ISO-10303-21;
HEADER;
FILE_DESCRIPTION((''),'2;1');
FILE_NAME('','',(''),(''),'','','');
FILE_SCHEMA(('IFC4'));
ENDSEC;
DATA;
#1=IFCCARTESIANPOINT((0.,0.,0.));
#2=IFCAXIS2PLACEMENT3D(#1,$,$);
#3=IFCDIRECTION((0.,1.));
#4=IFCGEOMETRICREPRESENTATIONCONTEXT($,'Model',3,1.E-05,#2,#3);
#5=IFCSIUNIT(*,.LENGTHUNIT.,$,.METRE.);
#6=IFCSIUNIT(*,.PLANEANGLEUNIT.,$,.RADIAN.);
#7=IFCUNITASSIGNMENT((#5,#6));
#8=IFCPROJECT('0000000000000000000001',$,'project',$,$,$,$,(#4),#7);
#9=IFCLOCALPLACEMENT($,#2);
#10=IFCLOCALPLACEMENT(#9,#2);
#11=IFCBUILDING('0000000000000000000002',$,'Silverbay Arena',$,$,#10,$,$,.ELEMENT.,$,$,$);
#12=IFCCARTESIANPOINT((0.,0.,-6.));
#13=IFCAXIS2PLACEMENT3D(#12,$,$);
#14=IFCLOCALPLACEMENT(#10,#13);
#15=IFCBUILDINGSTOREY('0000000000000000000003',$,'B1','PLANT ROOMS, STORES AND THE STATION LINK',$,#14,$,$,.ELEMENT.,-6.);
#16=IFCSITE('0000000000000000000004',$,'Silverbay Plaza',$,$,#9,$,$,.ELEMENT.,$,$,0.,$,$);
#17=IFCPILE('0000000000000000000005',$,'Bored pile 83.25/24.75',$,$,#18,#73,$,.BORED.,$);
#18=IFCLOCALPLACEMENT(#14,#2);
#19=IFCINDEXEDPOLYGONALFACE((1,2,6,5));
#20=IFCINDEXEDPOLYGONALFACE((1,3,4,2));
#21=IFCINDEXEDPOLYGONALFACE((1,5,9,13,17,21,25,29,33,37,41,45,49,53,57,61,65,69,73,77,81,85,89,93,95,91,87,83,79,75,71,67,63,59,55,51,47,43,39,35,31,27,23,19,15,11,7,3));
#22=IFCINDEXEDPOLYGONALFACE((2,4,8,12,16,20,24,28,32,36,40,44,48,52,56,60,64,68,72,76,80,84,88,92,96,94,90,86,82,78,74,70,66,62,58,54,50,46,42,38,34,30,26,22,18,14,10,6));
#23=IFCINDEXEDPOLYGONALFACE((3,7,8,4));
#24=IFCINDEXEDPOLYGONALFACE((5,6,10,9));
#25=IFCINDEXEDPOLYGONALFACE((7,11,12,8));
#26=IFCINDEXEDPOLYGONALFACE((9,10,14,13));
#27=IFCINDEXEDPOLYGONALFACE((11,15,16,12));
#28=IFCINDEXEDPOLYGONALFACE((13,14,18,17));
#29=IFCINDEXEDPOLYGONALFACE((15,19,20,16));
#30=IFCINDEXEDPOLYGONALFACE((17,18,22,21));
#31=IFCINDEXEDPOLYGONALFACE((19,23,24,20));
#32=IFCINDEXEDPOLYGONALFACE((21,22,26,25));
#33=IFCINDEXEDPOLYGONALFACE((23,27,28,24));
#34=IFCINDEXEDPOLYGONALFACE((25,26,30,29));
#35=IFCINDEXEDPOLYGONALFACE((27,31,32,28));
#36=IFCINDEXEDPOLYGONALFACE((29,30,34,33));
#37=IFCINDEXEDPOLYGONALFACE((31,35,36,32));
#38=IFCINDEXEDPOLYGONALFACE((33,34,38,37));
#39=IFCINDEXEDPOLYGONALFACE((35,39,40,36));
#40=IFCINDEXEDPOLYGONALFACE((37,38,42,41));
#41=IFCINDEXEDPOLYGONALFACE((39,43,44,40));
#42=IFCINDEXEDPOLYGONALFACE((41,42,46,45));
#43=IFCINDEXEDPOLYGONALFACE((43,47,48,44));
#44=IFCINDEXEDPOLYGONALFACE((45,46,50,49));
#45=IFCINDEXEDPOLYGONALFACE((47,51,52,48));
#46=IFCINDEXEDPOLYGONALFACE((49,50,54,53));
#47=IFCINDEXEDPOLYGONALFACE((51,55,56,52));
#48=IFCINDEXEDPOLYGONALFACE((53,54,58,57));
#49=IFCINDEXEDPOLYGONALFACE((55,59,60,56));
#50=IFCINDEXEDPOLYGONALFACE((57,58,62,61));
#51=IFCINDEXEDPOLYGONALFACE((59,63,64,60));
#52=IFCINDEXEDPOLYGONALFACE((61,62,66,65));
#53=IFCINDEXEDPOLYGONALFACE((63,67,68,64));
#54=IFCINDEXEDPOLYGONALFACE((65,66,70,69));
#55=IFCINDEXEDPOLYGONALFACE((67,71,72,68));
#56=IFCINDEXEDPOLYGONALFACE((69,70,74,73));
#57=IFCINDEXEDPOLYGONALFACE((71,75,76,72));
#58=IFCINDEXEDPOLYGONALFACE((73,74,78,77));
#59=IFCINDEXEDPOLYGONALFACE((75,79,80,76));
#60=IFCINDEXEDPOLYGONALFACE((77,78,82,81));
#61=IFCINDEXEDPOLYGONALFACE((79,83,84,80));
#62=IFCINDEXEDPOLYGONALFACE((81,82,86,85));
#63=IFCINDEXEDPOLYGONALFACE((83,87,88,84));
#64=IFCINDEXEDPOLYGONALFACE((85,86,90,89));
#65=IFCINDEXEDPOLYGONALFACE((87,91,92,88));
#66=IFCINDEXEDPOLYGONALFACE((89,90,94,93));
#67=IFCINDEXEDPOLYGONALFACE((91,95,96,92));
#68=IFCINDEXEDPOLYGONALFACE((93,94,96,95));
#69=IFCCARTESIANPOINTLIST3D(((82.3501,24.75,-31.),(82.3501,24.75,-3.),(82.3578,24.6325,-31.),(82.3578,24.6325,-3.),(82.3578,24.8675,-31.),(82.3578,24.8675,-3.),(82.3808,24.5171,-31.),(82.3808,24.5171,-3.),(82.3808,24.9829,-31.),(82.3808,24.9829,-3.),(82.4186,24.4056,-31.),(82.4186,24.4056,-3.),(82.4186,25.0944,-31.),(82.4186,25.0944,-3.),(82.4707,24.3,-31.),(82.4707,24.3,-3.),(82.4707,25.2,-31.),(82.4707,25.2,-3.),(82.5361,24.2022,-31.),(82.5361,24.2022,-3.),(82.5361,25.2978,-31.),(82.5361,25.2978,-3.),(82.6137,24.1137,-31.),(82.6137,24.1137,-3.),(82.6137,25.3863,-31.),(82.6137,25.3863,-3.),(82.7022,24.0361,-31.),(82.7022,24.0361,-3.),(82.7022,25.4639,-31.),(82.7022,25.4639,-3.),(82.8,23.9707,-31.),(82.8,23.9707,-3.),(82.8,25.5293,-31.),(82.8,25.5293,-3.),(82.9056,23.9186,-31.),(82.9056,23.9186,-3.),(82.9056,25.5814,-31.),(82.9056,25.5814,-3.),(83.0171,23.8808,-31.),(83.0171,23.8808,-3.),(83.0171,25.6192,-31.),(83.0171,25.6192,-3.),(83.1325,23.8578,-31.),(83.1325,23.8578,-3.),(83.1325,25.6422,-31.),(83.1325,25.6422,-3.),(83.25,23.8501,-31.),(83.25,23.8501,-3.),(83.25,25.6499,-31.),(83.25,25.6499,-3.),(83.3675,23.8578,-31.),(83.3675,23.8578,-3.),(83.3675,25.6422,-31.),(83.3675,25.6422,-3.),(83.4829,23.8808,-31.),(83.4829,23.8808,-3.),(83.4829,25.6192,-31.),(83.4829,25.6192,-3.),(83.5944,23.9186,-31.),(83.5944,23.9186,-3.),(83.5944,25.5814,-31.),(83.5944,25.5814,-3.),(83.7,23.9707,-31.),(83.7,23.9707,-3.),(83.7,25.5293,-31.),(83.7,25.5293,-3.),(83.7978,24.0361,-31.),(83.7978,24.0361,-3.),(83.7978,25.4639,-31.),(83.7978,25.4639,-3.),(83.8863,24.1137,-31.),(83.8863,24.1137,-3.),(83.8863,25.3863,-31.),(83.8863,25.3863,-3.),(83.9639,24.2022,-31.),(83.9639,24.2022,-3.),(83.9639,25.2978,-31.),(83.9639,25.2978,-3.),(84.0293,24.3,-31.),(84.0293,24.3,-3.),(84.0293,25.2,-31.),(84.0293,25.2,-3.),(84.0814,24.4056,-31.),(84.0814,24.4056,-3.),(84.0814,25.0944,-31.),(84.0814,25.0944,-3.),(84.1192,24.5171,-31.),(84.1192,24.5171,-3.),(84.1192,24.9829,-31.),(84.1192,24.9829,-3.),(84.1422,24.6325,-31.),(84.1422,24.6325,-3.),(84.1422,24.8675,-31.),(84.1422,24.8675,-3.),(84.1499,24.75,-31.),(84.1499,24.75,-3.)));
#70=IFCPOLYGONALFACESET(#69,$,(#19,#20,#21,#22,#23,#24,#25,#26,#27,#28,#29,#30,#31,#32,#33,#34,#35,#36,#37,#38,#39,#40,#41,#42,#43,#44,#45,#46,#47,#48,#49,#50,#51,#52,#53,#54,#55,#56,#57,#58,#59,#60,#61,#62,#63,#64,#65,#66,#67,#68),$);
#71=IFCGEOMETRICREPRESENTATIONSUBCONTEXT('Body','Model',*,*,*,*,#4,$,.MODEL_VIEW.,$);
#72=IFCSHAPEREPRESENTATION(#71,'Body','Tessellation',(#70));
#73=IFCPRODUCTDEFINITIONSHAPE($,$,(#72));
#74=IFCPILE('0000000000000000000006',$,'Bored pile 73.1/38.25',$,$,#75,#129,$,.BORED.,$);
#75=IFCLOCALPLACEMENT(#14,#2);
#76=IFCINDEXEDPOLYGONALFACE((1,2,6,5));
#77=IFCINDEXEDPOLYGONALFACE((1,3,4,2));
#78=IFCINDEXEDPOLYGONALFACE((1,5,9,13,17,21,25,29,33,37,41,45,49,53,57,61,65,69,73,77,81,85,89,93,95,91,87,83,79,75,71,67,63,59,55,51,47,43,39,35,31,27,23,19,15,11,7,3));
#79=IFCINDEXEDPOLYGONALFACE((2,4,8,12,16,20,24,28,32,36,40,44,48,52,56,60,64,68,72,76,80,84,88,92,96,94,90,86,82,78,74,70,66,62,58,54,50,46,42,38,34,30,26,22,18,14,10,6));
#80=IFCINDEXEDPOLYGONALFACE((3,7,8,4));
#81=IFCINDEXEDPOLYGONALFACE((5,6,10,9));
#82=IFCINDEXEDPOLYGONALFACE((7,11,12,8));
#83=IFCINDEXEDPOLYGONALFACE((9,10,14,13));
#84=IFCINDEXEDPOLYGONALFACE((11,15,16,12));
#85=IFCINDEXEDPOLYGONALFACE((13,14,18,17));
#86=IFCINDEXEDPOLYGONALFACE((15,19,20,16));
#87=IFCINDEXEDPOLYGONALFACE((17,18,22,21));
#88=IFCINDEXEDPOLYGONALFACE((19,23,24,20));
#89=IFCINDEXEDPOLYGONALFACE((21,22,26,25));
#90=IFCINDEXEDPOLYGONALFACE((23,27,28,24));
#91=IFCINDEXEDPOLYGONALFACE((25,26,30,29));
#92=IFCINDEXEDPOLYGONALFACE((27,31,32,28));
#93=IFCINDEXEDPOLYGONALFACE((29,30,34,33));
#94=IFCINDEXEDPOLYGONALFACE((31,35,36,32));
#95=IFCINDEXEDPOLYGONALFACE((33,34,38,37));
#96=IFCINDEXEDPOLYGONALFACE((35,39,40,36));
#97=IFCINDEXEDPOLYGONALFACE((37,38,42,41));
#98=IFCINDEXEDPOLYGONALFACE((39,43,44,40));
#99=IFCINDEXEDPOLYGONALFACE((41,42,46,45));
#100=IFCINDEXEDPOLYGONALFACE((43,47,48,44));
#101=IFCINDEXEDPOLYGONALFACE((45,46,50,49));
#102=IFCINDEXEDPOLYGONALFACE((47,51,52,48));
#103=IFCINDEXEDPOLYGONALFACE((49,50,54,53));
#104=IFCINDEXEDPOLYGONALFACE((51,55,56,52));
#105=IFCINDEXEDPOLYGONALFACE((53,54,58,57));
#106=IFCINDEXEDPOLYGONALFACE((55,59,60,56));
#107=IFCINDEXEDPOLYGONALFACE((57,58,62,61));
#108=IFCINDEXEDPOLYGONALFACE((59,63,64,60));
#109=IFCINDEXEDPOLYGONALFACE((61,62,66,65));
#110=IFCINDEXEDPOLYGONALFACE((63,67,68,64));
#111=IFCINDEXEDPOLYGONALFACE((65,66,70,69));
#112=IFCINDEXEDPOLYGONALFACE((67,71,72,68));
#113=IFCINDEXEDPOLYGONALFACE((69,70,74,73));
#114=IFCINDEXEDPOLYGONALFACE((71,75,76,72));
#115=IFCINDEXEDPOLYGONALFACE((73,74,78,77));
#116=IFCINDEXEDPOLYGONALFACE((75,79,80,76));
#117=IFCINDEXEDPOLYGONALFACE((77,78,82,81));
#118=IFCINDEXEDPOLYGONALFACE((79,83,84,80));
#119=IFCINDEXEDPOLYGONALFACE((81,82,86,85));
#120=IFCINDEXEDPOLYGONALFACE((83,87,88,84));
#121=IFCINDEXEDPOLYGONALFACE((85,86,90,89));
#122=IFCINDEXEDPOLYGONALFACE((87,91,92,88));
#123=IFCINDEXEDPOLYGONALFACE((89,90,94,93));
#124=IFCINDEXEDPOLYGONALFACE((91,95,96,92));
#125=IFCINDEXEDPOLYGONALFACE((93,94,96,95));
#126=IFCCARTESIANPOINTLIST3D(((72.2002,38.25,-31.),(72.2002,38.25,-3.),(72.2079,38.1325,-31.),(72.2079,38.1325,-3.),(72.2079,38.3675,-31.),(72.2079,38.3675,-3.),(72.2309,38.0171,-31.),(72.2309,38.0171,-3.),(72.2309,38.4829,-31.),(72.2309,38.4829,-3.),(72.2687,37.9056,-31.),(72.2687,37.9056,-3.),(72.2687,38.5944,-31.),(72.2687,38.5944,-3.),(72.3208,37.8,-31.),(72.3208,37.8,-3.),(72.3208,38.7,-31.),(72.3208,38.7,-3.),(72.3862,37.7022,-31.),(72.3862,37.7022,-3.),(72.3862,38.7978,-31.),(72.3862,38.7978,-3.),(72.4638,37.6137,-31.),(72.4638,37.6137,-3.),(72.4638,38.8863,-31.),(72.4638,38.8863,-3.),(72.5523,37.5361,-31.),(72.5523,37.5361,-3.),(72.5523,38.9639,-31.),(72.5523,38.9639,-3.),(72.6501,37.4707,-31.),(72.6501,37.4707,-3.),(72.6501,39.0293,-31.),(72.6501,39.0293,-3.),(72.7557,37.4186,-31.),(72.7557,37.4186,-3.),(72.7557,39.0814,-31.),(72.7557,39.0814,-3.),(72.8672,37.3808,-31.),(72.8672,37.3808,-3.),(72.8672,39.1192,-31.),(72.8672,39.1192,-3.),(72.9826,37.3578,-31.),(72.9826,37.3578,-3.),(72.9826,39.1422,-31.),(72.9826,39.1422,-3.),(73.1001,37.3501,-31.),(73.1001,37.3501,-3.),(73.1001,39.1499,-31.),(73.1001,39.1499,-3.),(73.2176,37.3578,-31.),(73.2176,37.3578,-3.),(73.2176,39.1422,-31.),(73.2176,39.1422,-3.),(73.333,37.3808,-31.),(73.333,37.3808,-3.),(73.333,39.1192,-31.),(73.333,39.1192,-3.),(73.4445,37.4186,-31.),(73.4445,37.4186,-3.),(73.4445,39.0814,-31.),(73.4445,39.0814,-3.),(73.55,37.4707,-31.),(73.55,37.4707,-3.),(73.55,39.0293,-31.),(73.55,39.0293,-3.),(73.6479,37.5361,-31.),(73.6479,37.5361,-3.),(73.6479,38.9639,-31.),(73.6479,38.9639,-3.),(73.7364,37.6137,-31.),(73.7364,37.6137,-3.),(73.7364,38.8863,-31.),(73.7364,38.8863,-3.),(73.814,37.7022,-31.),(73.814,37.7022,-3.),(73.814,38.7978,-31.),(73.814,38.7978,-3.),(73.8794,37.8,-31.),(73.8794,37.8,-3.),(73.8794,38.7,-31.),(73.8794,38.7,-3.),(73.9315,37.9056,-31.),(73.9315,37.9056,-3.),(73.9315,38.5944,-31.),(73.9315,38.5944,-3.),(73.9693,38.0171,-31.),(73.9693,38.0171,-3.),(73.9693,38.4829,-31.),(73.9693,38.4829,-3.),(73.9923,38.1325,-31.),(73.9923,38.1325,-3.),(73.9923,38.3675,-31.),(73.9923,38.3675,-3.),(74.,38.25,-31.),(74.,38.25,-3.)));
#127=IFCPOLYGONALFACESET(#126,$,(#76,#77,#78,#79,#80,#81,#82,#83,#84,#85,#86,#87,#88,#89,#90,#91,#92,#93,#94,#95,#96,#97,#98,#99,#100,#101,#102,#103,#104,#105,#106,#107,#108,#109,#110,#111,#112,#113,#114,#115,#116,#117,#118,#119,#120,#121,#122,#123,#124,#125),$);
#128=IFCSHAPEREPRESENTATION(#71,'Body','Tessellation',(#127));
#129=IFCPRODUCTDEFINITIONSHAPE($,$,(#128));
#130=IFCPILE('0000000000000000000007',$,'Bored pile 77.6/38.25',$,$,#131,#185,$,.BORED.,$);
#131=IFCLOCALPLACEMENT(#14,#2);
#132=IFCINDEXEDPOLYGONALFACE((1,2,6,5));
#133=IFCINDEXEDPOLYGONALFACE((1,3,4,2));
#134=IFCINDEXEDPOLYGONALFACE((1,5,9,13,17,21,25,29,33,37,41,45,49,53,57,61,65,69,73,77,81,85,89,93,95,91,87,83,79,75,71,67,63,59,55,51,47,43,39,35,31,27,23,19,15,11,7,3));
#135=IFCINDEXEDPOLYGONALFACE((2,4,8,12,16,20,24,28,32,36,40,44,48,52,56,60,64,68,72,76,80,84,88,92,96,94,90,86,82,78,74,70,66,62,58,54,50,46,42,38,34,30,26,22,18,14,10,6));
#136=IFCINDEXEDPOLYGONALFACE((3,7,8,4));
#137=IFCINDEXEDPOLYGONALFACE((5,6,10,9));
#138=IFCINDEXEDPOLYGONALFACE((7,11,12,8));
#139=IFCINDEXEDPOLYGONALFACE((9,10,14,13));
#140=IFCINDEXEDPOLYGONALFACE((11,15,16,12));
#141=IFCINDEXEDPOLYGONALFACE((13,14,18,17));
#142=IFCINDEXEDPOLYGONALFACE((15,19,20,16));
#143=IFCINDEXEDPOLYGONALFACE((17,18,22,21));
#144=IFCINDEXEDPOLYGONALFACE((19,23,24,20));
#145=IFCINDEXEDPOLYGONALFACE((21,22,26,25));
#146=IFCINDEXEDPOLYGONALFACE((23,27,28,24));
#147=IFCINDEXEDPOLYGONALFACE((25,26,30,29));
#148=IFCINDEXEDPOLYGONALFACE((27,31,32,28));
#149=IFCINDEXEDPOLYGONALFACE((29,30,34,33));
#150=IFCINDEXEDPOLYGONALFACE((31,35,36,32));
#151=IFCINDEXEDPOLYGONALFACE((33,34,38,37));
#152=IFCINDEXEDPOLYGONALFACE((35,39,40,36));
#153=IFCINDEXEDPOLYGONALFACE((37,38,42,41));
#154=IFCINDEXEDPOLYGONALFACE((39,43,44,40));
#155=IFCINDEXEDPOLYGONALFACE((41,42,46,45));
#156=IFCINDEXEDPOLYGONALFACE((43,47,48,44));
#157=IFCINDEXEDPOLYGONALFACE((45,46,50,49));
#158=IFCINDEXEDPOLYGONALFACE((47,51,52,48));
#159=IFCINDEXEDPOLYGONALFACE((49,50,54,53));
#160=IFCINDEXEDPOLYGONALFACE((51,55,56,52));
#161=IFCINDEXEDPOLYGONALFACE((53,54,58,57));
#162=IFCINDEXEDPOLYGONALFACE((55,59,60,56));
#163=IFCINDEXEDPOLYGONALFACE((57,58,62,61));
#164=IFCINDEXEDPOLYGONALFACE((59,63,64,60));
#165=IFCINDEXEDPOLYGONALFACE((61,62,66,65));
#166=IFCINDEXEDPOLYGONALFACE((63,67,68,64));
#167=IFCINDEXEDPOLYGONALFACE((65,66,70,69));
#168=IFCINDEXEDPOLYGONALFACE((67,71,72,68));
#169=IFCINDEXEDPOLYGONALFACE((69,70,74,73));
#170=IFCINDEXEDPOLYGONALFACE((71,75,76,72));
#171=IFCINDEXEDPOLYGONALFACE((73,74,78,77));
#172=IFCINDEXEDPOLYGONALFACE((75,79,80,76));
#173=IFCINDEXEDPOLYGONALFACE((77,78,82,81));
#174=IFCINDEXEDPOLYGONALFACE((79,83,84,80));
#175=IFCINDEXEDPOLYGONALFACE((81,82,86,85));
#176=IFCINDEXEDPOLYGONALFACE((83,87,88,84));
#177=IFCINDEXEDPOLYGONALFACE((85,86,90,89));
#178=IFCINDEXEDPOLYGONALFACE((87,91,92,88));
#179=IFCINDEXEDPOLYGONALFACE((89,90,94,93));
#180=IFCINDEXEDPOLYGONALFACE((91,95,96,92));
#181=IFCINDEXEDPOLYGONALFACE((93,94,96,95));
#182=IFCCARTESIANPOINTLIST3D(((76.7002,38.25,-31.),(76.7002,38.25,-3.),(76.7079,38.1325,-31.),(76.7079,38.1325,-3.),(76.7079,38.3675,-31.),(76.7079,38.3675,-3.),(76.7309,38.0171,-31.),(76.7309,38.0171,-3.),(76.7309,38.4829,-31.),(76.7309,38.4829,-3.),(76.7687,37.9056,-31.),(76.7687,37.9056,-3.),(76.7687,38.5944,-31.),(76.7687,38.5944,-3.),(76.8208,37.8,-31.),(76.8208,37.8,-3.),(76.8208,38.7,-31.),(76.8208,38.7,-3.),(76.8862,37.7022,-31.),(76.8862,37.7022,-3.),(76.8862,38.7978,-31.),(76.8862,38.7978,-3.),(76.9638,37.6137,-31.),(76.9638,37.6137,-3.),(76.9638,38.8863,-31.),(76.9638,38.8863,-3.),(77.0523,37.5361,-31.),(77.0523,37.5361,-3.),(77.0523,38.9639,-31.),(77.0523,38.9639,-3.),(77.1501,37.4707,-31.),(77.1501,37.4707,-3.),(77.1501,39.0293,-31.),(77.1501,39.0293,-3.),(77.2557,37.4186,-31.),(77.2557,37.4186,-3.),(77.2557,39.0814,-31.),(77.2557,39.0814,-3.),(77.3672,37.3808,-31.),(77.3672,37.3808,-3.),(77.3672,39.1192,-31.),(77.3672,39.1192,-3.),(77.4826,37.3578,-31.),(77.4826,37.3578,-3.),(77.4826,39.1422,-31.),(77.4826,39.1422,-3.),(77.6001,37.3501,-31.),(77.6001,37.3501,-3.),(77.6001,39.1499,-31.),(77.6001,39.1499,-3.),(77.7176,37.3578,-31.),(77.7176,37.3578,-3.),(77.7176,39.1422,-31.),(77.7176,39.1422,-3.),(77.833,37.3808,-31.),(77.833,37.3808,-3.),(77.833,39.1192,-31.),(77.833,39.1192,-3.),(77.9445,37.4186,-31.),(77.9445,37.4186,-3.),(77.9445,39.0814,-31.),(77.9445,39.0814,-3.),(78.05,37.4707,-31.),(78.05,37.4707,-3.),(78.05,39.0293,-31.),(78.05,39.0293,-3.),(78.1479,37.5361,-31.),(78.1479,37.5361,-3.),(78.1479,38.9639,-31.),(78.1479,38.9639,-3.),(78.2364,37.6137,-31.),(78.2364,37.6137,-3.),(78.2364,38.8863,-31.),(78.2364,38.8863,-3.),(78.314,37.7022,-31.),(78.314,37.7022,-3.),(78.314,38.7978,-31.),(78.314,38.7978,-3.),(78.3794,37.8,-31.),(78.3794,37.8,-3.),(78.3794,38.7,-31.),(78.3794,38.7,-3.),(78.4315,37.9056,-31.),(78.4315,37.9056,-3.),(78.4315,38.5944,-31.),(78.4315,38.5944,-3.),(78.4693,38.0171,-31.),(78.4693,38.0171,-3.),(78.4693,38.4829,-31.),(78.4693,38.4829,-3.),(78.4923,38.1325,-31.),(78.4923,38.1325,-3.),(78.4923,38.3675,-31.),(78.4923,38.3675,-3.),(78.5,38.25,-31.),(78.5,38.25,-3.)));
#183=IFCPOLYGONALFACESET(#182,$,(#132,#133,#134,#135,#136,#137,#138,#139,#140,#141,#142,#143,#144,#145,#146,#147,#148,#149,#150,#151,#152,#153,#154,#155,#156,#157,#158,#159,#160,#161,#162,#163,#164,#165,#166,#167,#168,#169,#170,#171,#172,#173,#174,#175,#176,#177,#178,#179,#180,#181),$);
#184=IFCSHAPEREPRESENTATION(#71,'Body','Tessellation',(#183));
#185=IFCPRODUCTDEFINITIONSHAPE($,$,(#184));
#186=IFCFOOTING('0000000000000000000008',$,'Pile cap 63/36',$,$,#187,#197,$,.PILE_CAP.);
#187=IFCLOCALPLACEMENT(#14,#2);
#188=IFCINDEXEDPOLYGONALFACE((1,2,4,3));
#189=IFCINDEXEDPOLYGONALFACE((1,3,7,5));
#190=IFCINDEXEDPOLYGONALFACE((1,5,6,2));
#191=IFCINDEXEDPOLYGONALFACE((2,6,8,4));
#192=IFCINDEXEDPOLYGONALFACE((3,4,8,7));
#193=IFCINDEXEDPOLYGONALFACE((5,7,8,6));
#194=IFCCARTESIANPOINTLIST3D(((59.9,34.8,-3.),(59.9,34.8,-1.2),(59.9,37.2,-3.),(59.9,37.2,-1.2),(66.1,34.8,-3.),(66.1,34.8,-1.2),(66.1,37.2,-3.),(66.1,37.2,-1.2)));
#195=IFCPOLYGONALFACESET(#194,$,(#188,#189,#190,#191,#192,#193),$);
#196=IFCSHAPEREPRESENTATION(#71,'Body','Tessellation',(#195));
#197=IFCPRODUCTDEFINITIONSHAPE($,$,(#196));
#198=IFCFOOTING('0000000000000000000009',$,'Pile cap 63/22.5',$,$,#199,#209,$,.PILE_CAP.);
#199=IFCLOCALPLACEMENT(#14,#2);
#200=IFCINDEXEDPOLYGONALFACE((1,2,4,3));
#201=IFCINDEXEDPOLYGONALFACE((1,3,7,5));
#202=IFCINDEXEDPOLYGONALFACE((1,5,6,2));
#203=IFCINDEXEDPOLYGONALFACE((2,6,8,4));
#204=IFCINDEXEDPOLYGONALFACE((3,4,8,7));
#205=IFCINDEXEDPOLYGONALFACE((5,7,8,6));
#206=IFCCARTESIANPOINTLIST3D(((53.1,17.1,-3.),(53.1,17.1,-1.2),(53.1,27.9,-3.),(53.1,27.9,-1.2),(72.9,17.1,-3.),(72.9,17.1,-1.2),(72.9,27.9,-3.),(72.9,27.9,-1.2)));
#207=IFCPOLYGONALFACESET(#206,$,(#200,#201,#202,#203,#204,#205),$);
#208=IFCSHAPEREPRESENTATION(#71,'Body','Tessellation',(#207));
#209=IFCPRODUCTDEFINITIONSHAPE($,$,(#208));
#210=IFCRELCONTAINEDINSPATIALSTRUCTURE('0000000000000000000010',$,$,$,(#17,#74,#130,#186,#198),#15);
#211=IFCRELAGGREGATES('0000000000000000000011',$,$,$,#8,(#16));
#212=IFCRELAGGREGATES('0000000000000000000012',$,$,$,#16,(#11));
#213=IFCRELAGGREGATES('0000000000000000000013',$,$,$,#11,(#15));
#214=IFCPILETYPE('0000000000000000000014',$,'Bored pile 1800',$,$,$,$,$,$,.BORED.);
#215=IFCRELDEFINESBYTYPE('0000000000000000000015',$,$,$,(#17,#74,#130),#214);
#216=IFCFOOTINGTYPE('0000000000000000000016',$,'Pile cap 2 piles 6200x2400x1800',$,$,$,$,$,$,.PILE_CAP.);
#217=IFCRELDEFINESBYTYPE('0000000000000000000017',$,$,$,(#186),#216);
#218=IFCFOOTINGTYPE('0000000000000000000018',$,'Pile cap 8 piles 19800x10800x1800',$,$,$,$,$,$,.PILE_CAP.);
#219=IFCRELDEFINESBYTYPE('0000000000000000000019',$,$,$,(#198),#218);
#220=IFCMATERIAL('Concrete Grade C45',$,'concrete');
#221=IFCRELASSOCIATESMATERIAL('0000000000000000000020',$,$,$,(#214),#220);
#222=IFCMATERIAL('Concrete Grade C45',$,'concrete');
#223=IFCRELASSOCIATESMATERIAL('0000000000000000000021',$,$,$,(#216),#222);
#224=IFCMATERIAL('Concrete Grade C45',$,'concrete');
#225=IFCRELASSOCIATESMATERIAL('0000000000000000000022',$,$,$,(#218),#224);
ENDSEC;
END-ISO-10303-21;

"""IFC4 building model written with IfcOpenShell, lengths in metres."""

from ifc_helpers import new_model, si_unit, direction, frame, origin, origin_2d, place, context, subcontext, project, spatial, rectangle, circle, extrude, material, material_profile, profile_set, type_object, element, save


model = new_model("IFC4")

# Units and contexts
model_context = context("Model", 3, precision=1e-05, world=origin(), true_north=direction((0.0, 1.0)))
body_context = subcontext(model_context, "Body", "Model", "MODEL_VIEW")
ifc_project = project(units=[si_unit("LENGTHUNIT", "METRE"), si_unit("PLANEANGLEUNIT", "RADIAN")], contexts=[model_context])

# Site, building, storey
site_placement = place(None, origin())
site = spatial("IfcSite", under=ifc_project, at=site_placement, Name="Silverbay Plaza", CompositionType="ELEMENT", RefElevation=0.0)
building_placement = place(site_placement, origin())
building = spatial("IfcBuilding", under=site, at=building_placement, Name="Silverbay Arena", CompositionType="ELEMENT")
storey_placement = place(building_placement, frame((0.0, 0.0, -6.0)))
storey = spatial("IfcBuildingStorey", under=building, at=storey_placement, Name="B1", Description="PLANT ROOMS, STORES AND THE STATION LINK", CompositionType="ELEMENT", Elevation=-6.0)

# Piles
ifc_material_1 = material(Name="Concrete Grade C45", Category="concrete")
ifc_material_profile_1 = material_profile(ifc_material_1, circle(Radius=0.8999, at=origin_2d()), Name="Bored pile 1800")
ifc_profile_set_1 = profile_set([ifc_material_profile_1], Name="Concrete Grade C45")
pile_type_1 = type_object("IfcPileType", Name="Bored pile 1800", PredefinedType="BORED", material=ifc_profile_set_1)
for number, where, z_axis, x_axis, name in (
    (1, (83.25, 24.75, -3.0), (0.0, 0.0, -1.0), (1.0, 0.0, 0.0), "Bored pile 83.25/24.75"),
    (2, (73.1001, 38.25, -3.0), (0.0, 0.0, -1.0), (1.0, 0.0, 0.0), "Bored pile 73.1/38.25"),
    (3, (77.6001, 38.25, -3.0), (0.0, 0.0, -1.0), (1.0, 0.0, 0.0), "Bored pile 77.6/38.25"),
):
    element("IfcPile", number, at=place(storey_placement, frame(where, z_axis=z_axis, x_axis=x_axis)), inside=storey, type_object=pile_type_1, Name=name, PredefinedType="BORED", context=body_context, shape_type="SweptSolid", body=[
        extrude(circle(Radius=0.8999, at=origin_2d()), origin(), (0.0, 0.0, 1.0), 28.0),
    ])

# Footings
ifc_material_2 = material(Name="Concrete Grade C45", Category="concrete")
footing_type_1 = type_object("IfcFootingType", Name="Pile cap 2 piles 6200x2400x1800", PredefinedType="PILE_CAP", material=ifc_material_2)
footing_1_placement = place(storey_placement, frame((63.0, 36.0, -3.0), z_axis=(0.0, 0.0, 1.0), x_axis=(1.0, 0.0, 0.0)))
element("IfcFooting", 4, at=footing_1_placement, inside=storey, type_object=footing_type_1, Name="Pile cap 63/36", PredefinedType="PILE_CAP", context=body_context, shape_type="SweptSolid", body=[
    extrude(rectangle(XDim=6.2, YDim=2.3999, at=origin_2d()), origin(), (0.0, 0.0, 1.0), 1.8),
])
ifc_material_3 = material(Name="Concrete Grade C45", Category="concrete")
footing_type_2 = type_object("IfcFootingType", Name="Pile cap 8 piles 19800x10800x1800", PredefinedType="PILE_CAP", material=ifc_material_3)
footing_2_placement = place(storey_placement, frame((63.0, 22.5, -3.0), z_axis=(0.0, 0.0, 1.0), x_axis=(1.0, 0.0, 0.0)))
element("IfcFooting", 5, at=footing_2_placement, inside=storey, type_object=footing_type_2, Name="Pile cap 63/22.5", PredefinedType="PILE_CAP", context=body_context, shape_type="SweptSolid", body=[
    extrude(rectangle(XDim=19.8, YDim=10.8, at=origin_2d()), origin(), (0.0, 0.0, 1.0), 1.8),
])

save(model, "model.ifc")
